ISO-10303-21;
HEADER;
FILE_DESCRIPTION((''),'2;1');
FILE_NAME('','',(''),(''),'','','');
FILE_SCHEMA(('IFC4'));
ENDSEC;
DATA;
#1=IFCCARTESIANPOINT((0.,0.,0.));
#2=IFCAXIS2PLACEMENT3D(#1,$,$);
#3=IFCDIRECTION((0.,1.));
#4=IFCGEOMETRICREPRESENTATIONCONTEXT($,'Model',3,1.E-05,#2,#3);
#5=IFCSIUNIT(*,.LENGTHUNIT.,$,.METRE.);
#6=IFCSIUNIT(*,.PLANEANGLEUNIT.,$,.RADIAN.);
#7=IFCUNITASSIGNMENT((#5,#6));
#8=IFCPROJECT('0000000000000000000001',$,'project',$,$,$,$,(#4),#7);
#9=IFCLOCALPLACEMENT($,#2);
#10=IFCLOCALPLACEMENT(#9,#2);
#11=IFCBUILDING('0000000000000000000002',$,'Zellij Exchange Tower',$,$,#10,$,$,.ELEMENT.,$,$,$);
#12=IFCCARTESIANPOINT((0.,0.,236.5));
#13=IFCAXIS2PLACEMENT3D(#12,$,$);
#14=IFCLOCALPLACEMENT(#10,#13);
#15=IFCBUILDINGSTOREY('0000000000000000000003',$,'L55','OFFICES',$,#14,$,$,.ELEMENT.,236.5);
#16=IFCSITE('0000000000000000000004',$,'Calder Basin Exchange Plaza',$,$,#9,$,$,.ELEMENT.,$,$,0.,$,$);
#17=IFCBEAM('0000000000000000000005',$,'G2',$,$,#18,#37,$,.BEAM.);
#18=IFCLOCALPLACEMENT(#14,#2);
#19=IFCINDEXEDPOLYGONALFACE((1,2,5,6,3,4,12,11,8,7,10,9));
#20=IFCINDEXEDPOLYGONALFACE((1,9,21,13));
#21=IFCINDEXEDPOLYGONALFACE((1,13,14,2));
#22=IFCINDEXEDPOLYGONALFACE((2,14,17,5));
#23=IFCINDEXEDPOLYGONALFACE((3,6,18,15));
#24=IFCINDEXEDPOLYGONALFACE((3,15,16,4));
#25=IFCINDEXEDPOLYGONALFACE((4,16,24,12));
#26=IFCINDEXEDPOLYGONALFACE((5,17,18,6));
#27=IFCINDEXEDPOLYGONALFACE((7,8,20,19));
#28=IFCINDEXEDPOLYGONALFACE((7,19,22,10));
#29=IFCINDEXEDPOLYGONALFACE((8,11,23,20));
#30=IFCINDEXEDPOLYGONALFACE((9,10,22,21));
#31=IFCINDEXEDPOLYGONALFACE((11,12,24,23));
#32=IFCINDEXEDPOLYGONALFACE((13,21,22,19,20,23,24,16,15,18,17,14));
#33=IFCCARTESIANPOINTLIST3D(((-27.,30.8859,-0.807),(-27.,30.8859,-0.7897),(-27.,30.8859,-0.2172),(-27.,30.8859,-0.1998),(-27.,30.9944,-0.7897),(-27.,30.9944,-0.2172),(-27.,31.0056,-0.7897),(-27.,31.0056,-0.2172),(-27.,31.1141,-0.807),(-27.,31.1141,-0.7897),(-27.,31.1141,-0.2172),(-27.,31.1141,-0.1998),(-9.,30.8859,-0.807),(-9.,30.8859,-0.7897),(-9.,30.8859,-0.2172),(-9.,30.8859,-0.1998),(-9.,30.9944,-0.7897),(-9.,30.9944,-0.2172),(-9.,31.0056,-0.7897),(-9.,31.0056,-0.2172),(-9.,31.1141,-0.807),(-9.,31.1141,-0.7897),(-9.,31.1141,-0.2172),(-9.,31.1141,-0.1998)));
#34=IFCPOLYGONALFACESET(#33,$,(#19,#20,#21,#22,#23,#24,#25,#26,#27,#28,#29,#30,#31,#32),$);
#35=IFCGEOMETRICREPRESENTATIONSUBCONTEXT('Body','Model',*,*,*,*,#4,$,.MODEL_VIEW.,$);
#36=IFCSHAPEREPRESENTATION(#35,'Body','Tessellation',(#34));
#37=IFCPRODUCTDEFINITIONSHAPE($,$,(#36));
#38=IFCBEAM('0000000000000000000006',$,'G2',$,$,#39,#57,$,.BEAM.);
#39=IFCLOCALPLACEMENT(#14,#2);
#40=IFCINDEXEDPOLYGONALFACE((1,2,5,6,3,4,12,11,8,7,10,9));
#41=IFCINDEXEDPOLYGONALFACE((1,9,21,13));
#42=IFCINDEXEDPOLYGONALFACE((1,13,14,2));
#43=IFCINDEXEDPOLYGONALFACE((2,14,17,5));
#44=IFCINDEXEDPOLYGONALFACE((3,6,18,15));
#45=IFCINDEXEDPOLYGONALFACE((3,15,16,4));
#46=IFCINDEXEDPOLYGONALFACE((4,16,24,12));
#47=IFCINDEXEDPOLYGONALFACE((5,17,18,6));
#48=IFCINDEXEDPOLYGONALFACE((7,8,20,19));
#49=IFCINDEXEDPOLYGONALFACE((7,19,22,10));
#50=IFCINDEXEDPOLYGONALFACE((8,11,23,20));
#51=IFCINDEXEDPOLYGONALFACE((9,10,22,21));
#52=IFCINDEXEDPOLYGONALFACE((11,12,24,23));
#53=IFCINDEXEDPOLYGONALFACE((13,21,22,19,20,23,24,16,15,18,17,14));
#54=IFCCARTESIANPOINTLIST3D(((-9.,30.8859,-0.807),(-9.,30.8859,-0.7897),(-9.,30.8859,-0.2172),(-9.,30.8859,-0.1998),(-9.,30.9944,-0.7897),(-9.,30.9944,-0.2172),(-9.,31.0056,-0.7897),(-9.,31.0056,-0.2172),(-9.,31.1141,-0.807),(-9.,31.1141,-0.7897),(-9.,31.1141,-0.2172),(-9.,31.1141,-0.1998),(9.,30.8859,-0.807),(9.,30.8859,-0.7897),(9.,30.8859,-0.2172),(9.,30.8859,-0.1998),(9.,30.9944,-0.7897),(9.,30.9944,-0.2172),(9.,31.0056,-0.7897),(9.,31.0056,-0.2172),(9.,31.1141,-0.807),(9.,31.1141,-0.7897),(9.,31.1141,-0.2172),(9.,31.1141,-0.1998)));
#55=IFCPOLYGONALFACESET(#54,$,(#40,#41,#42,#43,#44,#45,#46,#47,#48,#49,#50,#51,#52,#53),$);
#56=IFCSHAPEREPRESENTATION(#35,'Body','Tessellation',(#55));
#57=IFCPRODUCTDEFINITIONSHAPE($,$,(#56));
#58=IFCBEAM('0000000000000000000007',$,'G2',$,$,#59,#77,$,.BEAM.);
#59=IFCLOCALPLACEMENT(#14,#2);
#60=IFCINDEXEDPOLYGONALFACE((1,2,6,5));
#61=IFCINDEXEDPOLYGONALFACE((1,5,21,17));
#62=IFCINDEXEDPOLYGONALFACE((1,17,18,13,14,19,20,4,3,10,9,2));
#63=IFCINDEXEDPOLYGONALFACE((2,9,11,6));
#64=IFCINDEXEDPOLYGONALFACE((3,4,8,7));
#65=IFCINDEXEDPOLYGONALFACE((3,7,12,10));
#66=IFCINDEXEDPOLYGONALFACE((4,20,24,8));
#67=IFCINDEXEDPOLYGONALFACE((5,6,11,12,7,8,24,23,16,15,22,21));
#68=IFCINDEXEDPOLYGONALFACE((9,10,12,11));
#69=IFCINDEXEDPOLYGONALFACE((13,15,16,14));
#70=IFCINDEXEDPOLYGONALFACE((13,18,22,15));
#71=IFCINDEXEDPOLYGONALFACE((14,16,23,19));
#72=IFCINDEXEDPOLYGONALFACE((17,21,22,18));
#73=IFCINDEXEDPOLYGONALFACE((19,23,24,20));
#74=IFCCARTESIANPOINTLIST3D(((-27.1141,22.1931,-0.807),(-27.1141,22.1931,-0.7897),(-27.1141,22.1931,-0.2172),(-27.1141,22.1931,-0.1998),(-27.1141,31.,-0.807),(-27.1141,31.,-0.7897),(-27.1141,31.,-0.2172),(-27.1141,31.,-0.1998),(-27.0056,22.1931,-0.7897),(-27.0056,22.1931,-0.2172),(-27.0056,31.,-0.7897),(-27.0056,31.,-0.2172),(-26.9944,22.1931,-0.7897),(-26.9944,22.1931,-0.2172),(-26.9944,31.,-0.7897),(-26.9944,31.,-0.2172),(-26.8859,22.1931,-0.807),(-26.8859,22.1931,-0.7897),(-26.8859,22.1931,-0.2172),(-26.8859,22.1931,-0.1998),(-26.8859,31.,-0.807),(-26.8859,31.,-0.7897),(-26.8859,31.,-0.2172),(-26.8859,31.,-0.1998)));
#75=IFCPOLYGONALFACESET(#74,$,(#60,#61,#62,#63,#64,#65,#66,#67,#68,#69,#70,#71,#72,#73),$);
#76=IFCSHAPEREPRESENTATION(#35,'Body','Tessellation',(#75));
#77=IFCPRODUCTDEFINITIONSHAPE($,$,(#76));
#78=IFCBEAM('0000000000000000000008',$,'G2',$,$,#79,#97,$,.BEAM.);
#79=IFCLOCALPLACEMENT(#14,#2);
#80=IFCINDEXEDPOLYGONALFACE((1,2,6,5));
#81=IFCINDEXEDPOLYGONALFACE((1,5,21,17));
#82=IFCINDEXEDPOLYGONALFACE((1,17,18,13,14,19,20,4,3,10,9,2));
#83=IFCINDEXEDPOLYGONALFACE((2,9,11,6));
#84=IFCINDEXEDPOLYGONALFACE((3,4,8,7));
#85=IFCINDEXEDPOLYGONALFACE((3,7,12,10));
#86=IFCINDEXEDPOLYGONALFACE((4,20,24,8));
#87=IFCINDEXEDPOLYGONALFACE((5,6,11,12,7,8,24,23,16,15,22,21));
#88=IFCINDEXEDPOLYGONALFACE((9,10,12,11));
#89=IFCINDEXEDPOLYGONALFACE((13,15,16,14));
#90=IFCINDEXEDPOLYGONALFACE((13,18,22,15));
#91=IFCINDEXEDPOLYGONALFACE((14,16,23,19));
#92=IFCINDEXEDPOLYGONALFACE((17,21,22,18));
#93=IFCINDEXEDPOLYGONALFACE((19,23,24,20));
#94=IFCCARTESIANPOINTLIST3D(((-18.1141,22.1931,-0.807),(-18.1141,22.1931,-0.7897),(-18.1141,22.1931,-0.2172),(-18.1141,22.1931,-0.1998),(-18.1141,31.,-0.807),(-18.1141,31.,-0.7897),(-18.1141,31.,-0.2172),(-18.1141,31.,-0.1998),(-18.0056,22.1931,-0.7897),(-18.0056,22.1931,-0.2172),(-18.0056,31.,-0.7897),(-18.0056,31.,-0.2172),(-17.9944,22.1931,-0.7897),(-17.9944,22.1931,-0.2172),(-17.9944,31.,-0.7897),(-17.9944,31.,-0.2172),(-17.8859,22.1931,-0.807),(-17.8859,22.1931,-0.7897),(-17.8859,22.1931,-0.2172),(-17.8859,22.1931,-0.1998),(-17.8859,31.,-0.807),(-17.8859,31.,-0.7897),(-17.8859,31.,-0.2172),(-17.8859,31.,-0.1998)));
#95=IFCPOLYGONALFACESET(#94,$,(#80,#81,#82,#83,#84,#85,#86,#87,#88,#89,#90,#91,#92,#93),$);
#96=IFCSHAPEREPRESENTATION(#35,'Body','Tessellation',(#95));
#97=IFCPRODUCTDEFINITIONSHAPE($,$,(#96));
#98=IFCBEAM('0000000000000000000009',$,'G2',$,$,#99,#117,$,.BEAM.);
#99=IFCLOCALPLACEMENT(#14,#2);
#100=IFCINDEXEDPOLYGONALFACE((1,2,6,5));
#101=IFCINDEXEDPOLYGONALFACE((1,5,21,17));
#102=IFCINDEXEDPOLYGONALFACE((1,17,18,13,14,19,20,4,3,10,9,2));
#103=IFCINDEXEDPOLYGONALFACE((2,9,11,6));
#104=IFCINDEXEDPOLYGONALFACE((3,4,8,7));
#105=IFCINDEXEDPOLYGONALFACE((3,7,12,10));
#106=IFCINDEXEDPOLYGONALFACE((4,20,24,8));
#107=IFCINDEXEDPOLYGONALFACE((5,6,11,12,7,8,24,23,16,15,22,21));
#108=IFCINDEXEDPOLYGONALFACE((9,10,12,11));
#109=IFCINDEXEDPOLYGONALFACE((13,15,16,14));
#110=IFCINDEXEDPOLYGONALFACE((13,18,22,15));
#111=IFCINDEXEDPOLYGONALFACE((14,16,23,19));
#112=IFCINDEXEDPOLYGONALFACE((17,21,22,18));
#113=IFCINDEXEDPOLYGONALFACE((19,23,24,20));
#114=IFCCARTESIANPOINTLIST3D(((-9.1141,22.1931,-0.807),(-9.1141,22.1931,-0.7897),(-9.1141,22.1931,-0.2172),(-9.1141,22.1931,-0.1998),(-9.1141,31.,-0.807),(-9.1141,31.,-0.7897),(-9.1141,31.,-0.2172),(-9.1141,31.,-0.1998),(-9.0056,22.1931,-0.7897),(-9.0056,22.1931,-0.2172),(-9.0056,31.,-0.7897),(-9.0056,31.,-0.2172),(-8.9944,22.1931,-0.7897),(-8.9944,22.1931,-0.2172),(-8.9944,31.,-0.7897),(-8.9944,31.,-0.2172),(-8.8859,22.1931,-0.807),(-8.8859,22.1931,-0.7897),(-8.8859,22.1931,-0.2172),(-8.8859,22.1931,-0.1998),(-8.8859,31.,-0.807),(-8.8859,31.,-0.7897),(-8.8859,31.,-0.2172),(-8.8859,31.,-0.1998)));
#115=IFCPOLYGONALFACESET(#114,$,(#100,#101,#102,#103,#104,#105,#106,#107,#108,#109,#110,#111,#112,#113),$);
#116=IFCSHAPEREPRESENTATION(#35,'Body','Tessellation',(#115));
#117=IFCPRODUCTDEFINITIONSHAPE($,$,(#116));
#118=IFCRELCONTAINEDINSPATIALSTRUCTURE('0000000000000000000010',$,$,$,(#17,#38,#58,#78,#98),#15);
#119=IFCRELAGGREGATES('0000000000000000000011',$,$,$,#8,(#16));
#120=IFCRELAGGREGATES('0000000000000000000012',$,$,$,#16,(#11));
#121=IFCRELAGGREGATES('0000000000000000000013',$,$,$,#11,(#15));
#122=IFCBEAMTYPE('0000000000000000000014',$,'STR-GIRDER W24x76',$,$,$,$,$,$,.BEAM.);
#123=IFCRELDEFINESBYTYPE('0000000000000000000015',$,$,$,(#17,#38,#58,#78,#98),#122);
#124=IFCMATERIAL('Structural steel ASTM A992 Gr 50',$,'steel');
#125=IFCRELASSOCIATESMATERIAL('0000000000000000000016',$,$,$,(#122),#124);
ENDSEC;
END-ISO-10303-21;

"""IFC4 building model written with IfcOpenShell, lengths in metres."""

from ifc_helpers import new_model, si_unit, direction, frame, origin, origin_2d, place, context, subcontext, project, spatial, i_section, extrude, material, material_profile, profile_set, type_object, element, save


model = new_model("IFC4")

# Units and contexts
model_context = context("Model", 3, precision=1e-05, world=origin(), true_north=direction((0.0, 1.0)))
body_context = subcontext(model_context, "Body", "Model", "MODEL_VIEW")
ifc_project = project(units=[si_unit("LENGTHUNIT", "METRE"), si_unit("PLANEANGLEUNIT", "RADIAN")], contexts=[model_context])

# Site, building, storey
site_placement = place(None, origin())
site = spatial("IfcSite", under=ifc_project, at=site_placement, Name="Calder Basin Exchange Plaza", CompositionType="ELEMENT", RefElevation=0.0)
building_placement = place(site_placement, origin())
building = spatial("IfcBuilding", under=site, at=building_placement, Name="Zellij Exchange Tower", CompositionType="ELEMENT")
storey_placement = place(building_placement, frame((0.0, 0.0, 236.5)))
storey = spatial("IfcBuildingStorey", under=building, at=storey_placement, Name="L55", Description="OFFICES", CompositionType="ELEMENT", Elevation=236.5)

# Shared definitions
ifc_material_1 = material(Name="Structural steel ASTM A992 Gr 50", Category="steel")

# Beams
ifc_material_profile_1 = material_profile(ifc_material_1, i_section(OverallWidth=0.2283, OverallDepth=0.6072, WebThickness=0.0112, FlangeThickness=0.0173, at=origin_2d()), Name="W24x76")
ifc_profile_set_1 = profile_set([ifc_material_profile_1], Name="Structural steel ASTM A992 Gr 50")
beam_type = type_object("IfcBeamType", Name="STR-GIRDER W24x76", PredefinedType="BEAM", material=ifc_profile_set_1)
for number, where, z_axis, x_axis, name in (
    (1, (-27.0, 31.0, -0.5034), (1.0, 0.0, 0.0), (0.0, 1.0, 0.0), "G2"),
    (2, (-9.0, 31.0, -0.5034), (1.0, 0.0, 0.0), (0.0, 1.0, 0.0), "G2"),
):
    element("IfcBeam", number, at=place(storey_placement, frame(where, z_axis=z_axis, x_axis=x_axis)), inside=storey, type_object=beam_type, Name=name, PredefinedType="BEAM", context=body_context, shape_type="SweptSolid", body=[
        extrude(i_section(OverallWidth=0.2283, OverallDepth=0.6072, WebThickness=0.0112, FlangeThickness=0.0173, at=origin_2d()), origin(), (0.0, 0.0, 1.0), 18.0),
    ])
for number, where, z_axis, x_axis, name in (
    (3, (-27.0, 22.1931, -0.5034), (0.0, 1.0, 0.0), (-1.0, 0.0, 0.0), "G2"),
    (4, (-18.0, 22.1931, -0.5034), (0.0, 1.0, 0.0), (-1.0, 0.0, 0.0), "G2"),
    (5, (-9.0, 22.1931, -0.5034), (0.0, 1.0, 0.0), (-1.0, 0.0, 0.0), "G2"),
):
    element("IfcBeam", number, at=place(storey_placement, frame(where, z_axis=z_axis, x_axis=x_axis)), inside=storey, type_object=beam_type, Name=name, PredefinedType="BEAM", context=body_context, shape_type="SweptSolid", body=[
        extrude(i_section(OverallWidth=0.2283, OverallDepth=0.6072, WebThickness=0.0112, FlangeThickness=0.0173, at=origin_2d()), origin(), (0.0, 0.0, 1.0), 8.8069),
    ])

save(model, "model.ifc")
